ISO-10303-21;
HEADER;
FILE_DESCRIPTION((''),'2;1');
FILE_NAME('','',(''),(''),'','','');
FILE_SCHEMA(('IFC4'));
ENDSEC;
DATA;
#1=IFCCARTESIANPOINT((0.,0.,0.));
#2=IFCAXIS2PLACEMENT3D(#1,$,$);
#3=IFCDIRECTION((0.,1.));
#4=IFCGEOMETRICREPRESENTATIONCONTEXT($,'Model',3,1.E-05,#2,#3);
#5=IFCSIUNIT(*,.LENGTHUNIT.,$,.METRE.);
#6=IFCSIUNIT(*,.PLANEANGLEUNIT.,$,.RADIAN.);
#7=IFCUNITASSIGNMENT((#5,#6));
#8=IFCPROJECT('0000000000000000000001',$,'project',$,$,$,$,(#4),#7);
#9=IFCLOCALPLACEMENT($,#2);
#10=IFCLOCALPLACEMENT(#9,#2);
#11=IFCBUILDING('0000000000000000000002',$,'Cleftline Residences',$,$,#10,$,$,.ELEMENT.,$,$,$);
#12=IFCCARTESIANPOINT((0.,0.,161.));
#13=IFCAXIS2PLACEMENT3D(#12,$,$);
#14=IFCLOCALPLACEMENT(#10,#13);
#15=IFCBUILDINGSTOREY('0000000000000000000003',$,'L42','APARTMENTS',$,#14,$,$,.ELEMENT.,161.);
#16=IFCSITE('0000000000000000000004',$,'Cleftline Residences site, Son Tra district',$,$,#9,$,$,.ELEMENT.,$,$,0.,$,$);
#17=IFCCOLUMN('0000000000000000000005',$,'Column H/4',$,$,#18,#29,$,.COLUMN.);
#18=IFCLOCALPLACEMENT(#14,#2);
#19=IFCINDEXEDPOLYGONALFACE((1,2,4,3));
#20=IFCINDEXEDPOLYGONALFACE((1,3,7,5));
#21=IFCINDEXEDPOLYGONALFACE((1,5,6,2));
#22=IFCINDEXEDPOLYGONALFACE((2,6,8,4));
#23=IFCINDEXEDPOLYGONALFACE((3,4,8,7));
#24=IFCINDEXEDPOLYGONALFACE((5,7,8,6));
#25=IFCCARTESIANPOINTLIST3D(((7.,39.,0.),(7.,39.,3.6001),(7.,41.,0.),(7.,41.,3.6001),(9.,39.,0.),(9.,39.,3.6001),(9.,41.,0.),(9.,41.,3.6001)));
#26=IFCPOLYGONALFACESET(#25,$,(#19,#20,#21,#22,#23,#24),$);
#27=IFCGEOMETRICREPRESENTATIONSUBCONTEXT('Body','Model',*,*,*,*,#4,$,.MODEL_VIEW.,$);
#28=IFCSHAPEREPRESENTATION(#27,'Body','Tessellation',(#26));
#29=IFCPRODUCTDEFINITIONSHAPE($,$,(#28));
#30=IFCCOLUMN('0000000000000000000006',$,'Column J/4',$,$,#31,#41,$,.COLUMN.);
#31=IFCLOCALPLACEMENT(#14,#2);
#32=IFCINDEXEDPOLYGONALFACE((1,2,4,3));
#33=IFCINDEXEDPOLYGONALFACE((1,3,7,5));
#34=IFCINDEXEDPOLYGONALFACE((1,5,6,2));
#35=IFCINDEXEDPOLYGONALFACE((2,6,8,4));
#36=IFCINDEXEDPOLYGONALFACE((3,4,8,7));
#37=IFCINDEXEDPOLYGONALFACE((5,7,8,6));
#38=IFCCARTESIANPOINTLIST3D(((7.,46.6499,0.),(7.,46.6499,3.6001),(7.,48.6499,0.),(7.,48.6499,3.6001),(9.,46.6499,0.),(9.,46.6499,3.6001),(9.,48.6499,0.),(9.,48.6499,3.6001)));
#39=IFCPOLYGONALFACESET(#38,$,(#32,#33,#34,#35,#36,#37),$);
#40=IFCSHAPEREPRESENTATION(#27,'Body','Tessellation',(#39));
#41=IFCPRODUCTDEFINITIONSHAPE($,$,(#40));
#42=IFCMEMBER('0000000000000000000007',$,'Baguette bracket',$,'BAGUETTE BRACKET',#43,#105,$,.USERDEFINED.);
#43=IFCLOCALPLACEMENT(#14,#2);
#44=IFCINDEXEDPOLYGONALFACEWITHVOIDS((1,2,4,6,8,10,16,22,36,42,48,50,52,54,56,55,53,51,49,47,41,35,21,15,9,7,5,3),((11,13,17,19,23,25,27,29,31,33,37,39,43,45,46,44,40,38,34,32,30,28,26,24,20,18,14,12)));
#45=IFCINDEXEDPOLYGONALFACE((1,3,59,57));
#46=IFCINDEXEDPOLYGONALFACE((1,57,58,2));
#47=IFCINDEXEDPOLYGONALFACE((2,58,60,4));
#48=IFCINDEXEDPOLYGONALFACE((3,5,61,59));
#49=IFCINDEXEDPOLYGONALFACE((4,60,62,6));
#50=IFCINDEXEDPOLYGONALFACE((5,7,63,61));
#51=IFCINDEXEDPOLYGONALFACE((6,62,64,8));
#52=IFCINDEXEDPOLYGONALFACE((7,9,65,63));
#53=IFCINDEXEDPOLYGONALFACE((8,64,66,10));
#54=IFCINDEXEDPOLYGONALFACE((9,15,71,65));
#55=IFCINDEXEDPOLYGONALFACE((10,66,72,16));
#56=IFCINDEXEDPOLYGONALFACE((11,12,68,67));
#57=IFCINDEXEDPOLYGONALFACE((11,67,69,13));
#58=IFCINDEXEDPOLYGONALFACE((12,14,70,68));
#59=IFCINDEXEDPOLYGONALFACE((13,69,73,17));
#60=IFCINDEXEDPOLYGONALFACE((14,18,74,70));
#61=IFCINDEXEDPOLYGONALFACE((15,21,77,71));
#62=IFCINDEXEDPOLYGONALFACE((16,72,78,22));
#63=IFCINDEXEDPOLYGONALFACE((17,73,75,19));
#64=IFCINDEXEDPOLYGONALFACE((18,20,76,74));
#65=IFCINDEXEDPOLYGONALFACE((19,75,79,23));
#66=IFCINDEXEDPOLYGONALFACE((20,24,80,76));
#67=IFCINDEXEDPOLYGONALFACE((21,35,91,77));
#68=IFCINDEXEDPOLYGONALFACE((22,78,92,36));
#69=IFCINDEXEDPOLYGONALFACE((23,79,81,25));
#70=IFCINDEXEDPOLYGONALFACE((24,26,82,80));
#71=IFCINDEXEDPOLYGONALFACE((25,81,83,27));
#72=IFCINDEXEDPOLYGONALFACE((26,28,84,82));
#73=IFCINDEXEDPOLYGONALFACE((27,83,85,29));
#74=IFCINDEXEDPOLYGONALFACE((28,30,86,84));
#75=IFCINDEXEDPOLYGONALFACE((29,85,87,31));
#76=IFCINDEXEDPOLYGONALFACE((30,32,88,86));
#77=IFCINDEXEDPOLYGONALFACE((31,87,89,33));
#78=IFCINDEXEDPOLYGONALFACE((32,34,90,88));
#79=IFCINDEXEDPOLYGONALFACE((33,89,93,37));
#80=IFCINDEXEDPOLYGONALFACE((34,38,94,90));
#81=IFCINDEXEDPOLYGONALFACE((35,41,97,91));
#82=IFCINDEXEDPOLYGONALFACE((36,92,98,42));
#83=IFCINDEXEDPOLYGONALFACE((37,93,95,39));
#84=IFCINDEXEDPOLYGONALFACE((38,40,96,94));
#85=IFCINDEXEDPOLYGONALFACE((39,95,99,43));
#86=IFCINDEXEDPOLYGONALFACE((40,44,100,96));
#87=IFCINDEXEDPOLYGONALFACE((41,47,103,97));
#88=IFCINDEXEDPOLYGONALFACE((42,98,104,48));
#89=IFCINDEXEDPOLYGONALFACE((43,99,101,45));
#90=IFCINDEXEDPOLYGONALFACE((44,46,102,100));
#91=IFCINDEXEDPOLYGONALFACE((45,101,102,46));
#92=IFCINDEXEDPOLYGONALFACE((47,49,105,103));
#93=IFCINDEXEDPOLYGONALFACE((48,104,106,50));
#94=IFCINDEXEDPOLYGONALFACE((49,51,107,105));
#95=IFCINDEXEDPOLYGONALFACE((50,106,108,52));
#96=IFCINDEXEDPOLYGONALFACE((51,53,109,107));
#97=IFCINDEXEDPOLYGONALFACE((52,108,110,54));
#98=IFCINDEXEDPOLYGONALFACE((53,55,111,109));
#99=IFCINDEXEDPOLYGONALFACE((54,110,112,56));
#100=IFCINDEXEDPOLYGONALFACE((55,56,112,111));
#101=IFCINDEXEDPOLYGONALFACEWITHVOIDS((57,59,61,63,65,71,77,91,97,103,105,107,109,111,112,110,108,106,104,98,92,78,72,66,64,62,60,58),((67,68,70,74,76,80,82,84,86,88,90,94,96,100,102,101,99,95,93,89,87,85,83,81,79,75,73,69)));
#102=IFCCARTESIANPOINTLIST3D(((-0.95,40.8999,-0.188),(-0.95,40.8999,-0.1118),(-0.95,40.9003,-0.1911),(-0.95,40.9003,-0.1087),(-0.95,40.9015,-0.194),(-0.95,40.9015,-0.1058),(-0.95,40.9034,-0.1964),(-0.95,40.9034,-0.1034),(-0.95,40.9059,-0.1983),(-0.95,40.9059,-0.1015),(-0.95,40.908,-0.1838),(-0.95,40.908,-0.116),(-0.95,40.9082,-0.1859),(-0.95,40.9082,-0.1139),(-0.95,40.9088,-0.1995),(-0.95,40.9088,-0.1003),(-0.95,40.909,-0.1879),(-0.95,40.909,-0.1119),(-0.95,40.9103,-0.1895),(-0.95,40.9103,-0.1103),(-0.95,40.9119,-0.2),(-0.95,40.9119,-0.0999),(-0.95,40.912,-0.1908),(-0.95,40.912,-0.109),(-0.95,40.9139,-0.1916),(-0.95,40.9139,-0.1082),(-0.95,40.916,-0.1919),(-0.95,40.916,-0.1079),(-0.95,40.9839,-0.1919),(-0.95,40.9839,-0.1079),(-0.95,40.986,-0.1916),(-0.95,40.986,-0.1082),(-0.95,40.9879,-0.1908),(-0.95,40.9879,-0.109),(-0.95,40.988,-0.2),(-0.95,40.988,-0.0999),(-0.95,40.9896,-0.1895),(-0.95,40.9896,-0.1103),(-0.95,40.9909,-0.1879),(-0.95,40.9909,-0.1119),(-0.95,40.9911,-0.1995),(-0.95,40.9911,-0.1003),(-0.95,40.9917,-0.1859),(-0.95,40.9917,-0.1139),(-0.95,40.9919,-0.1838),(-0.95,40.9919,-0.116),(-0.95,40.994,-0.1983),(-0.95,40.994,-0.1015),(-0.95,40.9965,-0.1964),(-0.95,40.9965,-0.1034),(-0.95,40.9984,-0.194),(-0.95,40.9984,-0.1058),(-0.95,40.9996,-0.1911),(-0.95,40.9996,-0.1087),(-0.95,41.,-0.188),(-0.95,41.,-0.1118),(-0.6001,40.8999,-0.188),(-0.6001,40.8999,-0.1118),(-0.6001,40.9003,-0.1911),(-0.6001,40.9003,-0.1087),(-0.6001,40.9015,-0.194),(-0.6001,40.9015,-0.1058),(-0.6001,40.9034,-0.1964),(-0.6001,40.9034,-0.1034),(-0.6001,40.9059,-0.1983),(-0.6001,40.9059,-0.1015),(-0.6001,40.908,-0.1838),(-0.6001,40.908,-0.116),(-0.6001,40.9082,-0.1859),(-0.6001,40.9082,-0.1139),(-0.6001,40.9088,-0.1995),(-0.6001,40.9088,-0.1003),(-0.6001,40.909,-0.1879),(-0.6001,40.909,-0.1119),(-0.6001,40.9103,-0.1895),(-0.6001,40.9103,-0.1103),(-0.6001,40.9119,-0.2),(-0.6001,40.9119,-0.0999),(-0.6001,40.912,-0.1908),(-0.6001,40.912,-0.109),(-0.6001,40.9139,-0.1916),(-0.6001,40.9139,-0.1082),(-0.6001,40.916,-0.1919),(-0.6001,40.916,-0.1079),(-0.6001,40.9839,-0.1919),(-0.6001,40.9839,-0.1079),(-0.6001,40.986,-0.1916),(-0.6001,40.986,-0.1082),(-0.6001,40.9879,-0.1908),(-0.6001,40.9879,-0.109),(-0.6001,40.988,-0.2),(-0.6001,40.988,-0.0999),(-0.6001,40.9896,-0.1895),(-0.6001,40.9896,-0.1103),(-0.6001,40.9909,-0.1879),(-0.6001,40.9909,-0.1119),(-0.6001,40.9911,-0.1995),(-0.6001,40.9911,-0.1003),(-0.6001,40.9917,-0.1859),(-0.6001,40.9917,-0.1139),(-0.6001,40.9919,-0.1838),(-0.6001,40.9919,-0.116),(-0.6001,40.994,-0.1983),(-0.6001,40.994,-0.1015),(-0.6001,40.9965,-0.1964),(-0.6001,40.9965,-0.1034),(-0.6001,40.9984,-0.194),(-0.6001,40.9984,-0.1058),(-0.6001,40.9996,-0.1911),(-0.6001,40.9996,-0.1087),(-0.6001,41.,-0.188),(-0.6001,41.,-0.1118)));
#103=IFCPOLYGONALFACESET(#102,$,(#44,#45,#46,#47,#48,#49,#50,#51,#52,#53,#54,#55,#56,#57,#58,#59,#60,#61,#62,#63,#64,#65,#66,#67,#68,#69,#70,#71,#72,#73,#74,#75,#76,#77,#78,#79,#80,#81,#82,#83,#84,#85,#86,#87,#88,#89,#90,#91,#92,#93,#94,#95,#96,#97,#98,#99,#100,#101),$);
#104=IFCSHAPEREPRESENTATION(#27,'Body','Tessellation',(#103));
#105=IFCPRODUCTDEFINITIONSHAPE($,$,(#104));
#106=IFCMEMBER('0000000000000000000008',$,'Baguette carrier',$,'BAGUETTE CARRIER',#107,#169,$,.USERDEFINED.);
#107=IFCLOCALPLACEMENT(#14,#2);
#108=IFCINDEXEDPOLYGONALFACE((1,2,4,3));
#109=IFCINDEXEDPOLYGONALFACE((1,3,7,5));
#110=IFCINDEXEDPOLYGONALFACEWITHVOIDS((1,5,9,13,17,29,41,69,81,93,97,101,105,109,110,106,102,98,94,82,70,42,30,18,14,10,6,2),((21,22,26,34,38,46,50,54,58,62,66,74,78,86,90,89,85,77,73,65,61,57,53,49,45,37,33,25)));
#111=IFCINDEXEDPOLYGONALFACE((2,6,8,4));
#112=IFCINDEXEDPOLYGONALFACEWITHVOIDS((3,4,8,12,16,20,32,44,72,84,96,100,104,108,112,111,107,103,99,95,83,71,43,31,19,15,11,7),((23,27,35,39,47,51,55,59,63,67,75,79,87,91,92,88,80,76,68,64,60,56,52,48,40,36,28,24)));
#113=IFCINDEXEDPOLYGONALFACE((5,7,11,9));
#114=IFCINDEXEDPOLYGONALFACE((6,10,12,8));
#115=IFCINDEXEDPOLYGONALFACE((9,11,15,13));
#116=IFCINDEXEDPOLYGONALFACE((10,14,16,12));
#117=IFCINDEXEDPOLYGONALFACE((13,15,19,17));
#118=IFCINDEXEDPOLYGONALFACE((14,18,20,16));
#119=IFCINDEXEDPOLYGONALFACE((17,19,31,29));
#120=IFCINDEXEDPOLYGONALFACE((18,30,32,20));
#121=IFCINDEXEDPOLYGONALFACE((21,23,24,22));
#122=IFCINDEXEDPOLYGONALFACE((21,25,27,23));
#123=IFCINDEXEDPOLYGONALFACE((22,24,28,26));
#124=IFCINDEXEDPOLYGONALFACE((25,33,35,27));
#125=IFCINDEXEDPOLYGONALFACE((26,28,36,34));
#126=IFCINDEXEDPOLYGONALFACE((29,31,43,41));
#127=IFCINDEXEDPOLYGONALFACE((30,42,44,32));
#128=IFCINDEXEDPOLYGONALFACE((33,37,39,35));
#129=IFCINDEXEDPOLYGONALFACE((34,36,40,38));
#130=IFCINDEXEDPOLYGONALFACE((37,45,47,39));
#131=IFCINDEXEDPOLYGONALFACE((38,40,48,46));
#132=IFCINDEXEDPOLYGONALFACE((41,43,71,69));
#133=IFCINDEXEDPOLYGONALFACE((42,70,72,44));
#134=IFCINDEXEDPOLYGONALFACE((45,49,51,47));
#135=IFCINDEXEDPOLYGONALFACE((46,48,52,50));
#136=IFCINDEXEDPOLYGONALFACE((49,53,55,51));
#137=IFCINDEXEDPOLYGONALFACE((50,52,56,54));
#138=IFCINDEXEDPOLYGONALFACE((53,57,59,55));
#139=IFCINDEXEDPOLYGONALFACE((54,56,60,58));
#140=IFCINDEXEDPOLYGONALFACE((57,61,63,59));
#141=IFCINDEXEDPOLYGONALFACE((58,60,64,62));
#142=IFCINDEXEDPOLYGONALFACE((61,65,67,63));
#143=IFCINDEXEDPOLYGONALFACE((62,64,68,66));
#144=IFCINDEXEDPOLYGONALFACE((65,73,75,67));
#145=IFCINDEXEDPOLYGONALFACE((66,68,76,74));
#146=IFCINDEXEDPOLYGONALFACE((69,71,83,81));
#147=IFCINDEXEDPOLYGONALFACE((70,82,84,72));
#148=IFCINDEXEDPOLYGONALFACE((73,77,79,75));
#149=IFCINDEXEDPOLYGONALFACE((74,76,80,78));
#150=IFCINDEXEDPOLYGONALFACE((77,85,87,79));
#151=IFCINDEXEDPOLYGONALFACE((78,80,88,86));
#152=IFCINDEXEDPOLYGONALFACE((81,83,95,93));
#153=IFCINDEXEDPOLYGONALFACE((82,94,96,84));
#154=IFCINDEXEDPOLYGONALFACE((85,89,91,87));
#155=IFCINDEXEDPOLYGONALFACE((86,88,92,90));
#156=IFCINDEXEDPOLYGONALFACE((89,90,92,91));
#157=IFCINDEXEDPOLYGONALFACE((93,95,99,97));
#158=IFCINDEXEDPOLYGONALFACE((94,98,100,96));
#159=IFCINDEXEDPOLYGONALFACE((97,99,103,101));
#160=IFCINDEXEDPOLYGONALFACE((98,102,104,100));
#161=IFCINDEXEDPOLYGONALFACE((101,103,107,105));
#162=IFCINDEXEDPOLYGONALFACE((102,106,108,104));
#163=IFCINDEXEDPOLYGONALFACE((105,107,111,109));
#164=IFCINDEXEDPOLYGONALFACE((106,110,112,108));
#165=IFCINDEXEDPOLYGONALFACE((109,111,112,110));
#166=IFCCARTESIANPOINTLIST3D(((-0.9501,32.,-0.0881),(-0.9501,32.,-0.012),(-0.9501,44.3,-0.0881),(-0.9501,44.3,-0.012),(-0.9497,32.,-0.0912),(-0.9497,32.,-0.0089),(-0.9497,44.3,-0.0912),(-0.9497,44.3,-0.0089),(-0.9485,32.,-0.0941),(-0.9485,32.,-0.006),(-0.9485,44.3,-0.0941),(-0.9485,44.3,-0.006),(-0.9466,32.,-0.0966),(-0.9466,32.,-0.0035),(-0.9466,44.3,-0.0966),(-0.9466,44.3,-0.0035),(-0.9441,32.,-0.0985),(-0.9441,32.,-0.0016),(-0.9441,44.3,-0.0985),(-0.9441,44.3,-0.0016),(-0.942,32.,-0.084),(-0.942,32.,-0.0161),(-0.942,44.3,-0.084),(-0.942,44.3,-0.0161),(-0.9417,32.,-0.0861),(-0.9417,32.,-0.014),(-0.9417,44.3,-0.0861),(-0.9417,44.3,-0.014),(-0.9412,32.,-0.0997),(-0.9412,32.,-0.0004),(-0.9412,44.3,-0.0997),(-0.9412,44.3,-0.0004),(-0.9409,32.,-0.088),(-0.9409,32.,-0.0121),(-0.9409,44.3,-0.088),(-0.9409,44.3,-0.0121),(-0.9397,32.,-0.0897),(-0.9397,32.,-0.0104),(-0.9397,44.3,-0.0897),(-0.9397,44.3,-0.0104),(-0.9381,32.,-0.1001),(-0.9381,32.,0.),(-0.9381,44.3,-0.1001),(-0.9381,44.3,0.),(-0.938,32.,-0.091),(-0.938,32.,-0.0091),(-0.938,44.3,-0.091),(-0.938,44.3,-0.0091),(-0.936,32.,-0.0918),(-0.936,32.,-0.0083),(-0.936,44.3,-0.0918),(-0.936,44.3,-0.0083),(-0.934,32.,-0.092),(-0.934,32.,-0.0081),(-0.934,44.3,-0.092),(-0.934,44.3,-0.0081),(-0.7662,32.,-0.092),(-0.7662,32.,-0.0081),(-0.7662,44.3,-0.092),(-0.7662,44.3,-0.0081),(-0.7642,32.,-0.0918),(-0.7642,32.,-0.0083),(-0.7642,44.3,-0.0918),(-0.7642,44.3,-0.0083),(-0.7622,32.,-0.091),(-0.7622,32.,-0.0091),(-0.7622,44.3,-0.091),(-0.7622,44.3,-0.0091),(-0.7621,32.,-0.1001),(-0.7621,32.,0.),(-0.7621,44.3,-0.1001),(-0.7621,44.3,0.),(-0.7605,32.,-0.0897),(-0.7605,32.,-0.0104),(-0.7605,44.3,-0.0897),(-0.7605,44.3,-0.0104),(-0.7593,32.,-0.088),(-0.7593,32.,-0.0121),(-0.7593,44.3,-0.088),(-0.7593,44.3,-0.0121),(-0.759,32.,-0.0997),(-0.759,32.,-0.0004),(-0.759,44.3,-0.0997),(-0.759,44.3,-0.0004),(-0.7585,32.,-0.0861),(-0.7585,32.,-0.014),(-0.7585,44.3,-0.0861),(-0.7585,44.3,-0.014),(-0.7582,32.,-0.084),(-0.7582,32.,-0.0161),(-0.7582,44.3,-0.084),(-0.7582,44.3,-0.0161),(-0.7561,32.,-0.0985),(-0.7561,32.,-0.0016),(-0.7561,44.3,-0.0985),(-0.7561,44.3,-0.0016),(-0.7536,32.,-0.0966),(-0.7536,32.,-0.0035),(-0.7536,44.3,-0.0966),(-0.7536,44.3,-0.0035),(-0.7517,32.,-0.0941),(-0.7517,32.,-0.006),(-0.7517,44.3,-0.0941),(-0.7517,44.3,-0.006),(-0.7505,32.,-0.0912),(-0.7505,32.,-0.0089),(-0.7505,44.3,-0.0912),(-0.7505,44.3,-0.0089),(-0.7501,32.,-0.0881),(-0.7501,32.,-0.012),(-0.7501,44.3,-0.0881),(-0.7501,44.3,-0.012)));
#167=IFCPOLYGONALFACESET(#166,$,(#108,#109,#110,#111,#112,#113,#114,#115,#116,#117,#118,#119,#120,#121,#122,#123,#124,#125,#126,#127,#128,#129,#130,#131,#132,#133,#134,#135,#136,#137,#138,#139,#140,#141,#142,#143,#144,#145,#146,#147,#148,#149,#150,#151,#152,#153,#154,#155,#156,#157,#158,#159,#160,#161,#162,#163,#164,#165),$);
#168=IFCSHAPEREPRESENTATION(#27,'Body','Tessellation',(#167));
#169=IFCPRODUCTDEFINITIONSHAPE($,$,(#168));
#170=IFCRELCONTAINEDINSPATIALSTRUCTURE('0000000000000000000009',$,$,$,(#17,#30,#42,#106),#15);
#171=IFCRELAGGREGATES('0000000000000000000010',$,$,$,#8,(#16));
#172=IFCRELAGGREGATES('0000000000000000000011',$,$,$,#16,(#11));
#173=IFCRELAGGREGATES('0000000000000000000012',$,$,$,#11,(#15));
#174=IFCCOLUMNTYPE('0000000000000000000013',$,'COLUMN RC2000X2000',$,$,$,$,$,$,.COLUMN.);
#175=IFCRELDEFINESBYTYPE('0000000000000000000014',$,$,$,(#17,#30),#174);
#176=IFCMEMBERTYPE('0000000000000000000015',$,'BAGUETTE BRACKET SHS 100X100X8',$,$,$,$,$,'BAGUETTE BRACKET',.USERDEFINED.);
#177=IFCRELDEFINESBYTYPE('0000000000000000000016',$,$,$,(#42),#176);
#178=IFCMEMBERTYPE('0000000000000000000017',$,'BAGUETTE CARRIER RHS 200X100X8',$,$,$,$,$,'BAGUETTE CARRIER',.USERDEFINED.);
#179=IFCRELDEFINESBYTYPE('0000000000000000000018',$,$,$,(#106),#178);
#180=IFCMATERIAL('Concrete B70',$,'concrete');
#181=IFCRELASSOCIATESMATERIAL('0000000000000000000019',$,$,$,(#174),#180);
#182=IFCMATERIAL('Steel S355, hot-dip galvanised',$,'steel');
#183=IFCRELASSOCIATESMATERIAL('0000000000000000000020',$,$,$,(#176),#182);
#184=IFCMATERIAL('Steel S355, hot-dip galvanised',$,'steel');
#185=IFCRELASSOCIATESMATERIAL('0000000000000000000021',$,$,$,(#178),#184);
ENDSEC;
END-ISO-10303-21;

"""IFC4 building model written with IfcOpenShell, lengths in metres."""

from ifc_helpers import new_model, si_unit, direction, frame, origin, origin_2d, place, context, subcontext, project, spatial, rectangle, hollow_rectangle, extrude, material, material_profile, profile_set, type_object, element, save


model = new_model("IFC4")

# Units and contexts
model_context = context("Model", 3, precision=1e-05, world=origin(), true_north=direction((0.0, 1.0)))
body_context = subcontext(model_context, "Body", "Model", "MODEL_VIEW")
ifc_project = project(units=[si_unit("LENGTHUNIT", "METRE"), si_unit("PLANEANGLEUNIT", "RADIAN")], contexts=[model_context])

# Site, building, storey
site_placement = place(None, origin())
site = spatial("IfcSite", under=ifc_project, at=site_placement, Name="Cleftline Residences site, Son Tra district", CompositionType="ELEMENT", RefElevation=0.0)
building_placement = place(site_placement, origin())
building = spatial("IfcBuilding", under=site, at=building_placement, Name="Cleftline Residences", CompositionType="ELEMENT")
storey_placement = place(building_placement, frame((0.0, 0.0, 161.0)))
storey = spatial("IfcBuildingStorey", under=building, at=storey_placement, Name="L42", Description="APARTMENTS", CompositionType="ELEMENT", Elevation=161.0)

# Columns
ifc_material_1 = material(Name="Concrete B70", Category="concrete")
ifc_material_profile_1 = material_profile(ifc_material_1, rectangle(XDim=2.0, YDim=2.0, at=origin_2d()))
ifc_profile_set_1 = profile_set([ifc_material_profile_1], Name="Concrete B70")
column_type = type_object("IfcColumnType", Name="COLUMN RC2000X2000", PredefinedType="COLUMN", material=ifc_profile_set_1)
for number, where, z_axis, x_axis, name in (
    (1, (8.0, 40.0, 0.0), (0.0, 0.0, 1.0), (1.0, 0.0, 0.0), "Column H/4"),
    (2, (8.0, 47.6499, 0.0), (0.0, 0.0, 1.0), (1.0, 0.0, 0.0), "Column J/4"),
):
    element("IfcColumn", number, at=place(storey_placement, frame(where, z_axis=z_axis, x_axis=x_axis)), inside=storey, type_object=column_type, Name=name, PredefinedType="COLUMN", context=body_context, shape_type="SweptSolid", body=[
        extrude(rectangle(XDim=2.0, YDim=2.0, at=origin_2d()), origin(), (0.0, 0.0, 1.0), 3.6001),
    ])

# Members
ifc_material_2 = material(Name="Steel S355, hot-dip galvanised", Category="steel")
ifc_material_profile_2 = material_profile(ifc_material_2, hollow_rectangle(XDim=0.1001, YDim=0.1001, WallThickness=0.0081, InnerFilletRadius=0.0081, OuterFilletRadius=0.012, at=origin_2d()))
ifc_profile_set_2 = profile_set([ifc_material_profile_2], Name="Steel S355, hot-dip galvanised")
member_type_1 = type_object("IfcMemberType", Name="BAGUETTE BRACKET SHS 100X100X8", ElementType="BAGUETTE BRACKET", PredefinedType="USERDEFINED", material=ifc_profile_set_2)
member_1_placement = place(storey_placement, frame((-0.6001, 40.95, -0.1499), z_axis=(-1.0, 0.0, 0.0), x_axis=(0.0, -1.0, 0.0)))
element("IfcMember", 3, at=member_1_placement, inside=storey, type_object=member_type_1, Name="Baguette bracket", ObjectType="BAGUETTE BRACKET", PredefinedType="USERDEFINED", context=body_context, shape_type="SweptSolid", body=[
    extrude(hollow_rectangle(XDim=0.1001, YDim=0.1001, WallThickness=0.0081, InnerFilletRadius=0.0081, OuterFilletRadius=0.012, at=origin_2d()), origin(), (0.0, 0.0, 1.0), 0.3499),
])
ifc_material_3 = material(Name="Steel S355, hot-dip galvanised", Category="steel")
ifc_material_profile_3 = material_profile(ifc_material_3, hollow_rectangle(XDim=0.1001, YDim=0.2, WallThickness=0.0081, InnerFilletRadius=0.0081, OuterFilletRadius=0.012, at=origin_2d()))
ifc_profile_set_3 = profile_set([ifc_material_profile_3], Name="Steel S355, hot-dip galvanised")
member_type_2 = type_object("IfcMemberType", Name="BAGUETTE CARRIER RHS 200X100X8", ElementType="BAGUETTE CARRIER", PredefinedType="USERDEFINED", material=ifc_profile_set_3)
member_2_placement = place(storey_placement, frame((-0.8501, 44.3, -0.05), z_axis=(0.0, -1.0, 0.0), x_axis=(0.0, 0.0, 1.0)))
element("IfcMember", 4, at=member_2_placement, inside=storey, type_object=member_type_2, Name="Baguette carrier", ObjectType="BAGUETTE CARRIER", PredefinedType="USERDEFINED", context=body_context, shape_type="SweptSolid", body=[
    extrude(hollow_rectangle(XDim=0.1001, YDim=0.2, WallThickness=0.0081, InnerFilletRadius=0.0081, OuterFilletRadius=0.012, at=origin_2d()), origin(), (0.0, 0.0, 1.0), 12.3),
])

save(model, "model.ifc")
